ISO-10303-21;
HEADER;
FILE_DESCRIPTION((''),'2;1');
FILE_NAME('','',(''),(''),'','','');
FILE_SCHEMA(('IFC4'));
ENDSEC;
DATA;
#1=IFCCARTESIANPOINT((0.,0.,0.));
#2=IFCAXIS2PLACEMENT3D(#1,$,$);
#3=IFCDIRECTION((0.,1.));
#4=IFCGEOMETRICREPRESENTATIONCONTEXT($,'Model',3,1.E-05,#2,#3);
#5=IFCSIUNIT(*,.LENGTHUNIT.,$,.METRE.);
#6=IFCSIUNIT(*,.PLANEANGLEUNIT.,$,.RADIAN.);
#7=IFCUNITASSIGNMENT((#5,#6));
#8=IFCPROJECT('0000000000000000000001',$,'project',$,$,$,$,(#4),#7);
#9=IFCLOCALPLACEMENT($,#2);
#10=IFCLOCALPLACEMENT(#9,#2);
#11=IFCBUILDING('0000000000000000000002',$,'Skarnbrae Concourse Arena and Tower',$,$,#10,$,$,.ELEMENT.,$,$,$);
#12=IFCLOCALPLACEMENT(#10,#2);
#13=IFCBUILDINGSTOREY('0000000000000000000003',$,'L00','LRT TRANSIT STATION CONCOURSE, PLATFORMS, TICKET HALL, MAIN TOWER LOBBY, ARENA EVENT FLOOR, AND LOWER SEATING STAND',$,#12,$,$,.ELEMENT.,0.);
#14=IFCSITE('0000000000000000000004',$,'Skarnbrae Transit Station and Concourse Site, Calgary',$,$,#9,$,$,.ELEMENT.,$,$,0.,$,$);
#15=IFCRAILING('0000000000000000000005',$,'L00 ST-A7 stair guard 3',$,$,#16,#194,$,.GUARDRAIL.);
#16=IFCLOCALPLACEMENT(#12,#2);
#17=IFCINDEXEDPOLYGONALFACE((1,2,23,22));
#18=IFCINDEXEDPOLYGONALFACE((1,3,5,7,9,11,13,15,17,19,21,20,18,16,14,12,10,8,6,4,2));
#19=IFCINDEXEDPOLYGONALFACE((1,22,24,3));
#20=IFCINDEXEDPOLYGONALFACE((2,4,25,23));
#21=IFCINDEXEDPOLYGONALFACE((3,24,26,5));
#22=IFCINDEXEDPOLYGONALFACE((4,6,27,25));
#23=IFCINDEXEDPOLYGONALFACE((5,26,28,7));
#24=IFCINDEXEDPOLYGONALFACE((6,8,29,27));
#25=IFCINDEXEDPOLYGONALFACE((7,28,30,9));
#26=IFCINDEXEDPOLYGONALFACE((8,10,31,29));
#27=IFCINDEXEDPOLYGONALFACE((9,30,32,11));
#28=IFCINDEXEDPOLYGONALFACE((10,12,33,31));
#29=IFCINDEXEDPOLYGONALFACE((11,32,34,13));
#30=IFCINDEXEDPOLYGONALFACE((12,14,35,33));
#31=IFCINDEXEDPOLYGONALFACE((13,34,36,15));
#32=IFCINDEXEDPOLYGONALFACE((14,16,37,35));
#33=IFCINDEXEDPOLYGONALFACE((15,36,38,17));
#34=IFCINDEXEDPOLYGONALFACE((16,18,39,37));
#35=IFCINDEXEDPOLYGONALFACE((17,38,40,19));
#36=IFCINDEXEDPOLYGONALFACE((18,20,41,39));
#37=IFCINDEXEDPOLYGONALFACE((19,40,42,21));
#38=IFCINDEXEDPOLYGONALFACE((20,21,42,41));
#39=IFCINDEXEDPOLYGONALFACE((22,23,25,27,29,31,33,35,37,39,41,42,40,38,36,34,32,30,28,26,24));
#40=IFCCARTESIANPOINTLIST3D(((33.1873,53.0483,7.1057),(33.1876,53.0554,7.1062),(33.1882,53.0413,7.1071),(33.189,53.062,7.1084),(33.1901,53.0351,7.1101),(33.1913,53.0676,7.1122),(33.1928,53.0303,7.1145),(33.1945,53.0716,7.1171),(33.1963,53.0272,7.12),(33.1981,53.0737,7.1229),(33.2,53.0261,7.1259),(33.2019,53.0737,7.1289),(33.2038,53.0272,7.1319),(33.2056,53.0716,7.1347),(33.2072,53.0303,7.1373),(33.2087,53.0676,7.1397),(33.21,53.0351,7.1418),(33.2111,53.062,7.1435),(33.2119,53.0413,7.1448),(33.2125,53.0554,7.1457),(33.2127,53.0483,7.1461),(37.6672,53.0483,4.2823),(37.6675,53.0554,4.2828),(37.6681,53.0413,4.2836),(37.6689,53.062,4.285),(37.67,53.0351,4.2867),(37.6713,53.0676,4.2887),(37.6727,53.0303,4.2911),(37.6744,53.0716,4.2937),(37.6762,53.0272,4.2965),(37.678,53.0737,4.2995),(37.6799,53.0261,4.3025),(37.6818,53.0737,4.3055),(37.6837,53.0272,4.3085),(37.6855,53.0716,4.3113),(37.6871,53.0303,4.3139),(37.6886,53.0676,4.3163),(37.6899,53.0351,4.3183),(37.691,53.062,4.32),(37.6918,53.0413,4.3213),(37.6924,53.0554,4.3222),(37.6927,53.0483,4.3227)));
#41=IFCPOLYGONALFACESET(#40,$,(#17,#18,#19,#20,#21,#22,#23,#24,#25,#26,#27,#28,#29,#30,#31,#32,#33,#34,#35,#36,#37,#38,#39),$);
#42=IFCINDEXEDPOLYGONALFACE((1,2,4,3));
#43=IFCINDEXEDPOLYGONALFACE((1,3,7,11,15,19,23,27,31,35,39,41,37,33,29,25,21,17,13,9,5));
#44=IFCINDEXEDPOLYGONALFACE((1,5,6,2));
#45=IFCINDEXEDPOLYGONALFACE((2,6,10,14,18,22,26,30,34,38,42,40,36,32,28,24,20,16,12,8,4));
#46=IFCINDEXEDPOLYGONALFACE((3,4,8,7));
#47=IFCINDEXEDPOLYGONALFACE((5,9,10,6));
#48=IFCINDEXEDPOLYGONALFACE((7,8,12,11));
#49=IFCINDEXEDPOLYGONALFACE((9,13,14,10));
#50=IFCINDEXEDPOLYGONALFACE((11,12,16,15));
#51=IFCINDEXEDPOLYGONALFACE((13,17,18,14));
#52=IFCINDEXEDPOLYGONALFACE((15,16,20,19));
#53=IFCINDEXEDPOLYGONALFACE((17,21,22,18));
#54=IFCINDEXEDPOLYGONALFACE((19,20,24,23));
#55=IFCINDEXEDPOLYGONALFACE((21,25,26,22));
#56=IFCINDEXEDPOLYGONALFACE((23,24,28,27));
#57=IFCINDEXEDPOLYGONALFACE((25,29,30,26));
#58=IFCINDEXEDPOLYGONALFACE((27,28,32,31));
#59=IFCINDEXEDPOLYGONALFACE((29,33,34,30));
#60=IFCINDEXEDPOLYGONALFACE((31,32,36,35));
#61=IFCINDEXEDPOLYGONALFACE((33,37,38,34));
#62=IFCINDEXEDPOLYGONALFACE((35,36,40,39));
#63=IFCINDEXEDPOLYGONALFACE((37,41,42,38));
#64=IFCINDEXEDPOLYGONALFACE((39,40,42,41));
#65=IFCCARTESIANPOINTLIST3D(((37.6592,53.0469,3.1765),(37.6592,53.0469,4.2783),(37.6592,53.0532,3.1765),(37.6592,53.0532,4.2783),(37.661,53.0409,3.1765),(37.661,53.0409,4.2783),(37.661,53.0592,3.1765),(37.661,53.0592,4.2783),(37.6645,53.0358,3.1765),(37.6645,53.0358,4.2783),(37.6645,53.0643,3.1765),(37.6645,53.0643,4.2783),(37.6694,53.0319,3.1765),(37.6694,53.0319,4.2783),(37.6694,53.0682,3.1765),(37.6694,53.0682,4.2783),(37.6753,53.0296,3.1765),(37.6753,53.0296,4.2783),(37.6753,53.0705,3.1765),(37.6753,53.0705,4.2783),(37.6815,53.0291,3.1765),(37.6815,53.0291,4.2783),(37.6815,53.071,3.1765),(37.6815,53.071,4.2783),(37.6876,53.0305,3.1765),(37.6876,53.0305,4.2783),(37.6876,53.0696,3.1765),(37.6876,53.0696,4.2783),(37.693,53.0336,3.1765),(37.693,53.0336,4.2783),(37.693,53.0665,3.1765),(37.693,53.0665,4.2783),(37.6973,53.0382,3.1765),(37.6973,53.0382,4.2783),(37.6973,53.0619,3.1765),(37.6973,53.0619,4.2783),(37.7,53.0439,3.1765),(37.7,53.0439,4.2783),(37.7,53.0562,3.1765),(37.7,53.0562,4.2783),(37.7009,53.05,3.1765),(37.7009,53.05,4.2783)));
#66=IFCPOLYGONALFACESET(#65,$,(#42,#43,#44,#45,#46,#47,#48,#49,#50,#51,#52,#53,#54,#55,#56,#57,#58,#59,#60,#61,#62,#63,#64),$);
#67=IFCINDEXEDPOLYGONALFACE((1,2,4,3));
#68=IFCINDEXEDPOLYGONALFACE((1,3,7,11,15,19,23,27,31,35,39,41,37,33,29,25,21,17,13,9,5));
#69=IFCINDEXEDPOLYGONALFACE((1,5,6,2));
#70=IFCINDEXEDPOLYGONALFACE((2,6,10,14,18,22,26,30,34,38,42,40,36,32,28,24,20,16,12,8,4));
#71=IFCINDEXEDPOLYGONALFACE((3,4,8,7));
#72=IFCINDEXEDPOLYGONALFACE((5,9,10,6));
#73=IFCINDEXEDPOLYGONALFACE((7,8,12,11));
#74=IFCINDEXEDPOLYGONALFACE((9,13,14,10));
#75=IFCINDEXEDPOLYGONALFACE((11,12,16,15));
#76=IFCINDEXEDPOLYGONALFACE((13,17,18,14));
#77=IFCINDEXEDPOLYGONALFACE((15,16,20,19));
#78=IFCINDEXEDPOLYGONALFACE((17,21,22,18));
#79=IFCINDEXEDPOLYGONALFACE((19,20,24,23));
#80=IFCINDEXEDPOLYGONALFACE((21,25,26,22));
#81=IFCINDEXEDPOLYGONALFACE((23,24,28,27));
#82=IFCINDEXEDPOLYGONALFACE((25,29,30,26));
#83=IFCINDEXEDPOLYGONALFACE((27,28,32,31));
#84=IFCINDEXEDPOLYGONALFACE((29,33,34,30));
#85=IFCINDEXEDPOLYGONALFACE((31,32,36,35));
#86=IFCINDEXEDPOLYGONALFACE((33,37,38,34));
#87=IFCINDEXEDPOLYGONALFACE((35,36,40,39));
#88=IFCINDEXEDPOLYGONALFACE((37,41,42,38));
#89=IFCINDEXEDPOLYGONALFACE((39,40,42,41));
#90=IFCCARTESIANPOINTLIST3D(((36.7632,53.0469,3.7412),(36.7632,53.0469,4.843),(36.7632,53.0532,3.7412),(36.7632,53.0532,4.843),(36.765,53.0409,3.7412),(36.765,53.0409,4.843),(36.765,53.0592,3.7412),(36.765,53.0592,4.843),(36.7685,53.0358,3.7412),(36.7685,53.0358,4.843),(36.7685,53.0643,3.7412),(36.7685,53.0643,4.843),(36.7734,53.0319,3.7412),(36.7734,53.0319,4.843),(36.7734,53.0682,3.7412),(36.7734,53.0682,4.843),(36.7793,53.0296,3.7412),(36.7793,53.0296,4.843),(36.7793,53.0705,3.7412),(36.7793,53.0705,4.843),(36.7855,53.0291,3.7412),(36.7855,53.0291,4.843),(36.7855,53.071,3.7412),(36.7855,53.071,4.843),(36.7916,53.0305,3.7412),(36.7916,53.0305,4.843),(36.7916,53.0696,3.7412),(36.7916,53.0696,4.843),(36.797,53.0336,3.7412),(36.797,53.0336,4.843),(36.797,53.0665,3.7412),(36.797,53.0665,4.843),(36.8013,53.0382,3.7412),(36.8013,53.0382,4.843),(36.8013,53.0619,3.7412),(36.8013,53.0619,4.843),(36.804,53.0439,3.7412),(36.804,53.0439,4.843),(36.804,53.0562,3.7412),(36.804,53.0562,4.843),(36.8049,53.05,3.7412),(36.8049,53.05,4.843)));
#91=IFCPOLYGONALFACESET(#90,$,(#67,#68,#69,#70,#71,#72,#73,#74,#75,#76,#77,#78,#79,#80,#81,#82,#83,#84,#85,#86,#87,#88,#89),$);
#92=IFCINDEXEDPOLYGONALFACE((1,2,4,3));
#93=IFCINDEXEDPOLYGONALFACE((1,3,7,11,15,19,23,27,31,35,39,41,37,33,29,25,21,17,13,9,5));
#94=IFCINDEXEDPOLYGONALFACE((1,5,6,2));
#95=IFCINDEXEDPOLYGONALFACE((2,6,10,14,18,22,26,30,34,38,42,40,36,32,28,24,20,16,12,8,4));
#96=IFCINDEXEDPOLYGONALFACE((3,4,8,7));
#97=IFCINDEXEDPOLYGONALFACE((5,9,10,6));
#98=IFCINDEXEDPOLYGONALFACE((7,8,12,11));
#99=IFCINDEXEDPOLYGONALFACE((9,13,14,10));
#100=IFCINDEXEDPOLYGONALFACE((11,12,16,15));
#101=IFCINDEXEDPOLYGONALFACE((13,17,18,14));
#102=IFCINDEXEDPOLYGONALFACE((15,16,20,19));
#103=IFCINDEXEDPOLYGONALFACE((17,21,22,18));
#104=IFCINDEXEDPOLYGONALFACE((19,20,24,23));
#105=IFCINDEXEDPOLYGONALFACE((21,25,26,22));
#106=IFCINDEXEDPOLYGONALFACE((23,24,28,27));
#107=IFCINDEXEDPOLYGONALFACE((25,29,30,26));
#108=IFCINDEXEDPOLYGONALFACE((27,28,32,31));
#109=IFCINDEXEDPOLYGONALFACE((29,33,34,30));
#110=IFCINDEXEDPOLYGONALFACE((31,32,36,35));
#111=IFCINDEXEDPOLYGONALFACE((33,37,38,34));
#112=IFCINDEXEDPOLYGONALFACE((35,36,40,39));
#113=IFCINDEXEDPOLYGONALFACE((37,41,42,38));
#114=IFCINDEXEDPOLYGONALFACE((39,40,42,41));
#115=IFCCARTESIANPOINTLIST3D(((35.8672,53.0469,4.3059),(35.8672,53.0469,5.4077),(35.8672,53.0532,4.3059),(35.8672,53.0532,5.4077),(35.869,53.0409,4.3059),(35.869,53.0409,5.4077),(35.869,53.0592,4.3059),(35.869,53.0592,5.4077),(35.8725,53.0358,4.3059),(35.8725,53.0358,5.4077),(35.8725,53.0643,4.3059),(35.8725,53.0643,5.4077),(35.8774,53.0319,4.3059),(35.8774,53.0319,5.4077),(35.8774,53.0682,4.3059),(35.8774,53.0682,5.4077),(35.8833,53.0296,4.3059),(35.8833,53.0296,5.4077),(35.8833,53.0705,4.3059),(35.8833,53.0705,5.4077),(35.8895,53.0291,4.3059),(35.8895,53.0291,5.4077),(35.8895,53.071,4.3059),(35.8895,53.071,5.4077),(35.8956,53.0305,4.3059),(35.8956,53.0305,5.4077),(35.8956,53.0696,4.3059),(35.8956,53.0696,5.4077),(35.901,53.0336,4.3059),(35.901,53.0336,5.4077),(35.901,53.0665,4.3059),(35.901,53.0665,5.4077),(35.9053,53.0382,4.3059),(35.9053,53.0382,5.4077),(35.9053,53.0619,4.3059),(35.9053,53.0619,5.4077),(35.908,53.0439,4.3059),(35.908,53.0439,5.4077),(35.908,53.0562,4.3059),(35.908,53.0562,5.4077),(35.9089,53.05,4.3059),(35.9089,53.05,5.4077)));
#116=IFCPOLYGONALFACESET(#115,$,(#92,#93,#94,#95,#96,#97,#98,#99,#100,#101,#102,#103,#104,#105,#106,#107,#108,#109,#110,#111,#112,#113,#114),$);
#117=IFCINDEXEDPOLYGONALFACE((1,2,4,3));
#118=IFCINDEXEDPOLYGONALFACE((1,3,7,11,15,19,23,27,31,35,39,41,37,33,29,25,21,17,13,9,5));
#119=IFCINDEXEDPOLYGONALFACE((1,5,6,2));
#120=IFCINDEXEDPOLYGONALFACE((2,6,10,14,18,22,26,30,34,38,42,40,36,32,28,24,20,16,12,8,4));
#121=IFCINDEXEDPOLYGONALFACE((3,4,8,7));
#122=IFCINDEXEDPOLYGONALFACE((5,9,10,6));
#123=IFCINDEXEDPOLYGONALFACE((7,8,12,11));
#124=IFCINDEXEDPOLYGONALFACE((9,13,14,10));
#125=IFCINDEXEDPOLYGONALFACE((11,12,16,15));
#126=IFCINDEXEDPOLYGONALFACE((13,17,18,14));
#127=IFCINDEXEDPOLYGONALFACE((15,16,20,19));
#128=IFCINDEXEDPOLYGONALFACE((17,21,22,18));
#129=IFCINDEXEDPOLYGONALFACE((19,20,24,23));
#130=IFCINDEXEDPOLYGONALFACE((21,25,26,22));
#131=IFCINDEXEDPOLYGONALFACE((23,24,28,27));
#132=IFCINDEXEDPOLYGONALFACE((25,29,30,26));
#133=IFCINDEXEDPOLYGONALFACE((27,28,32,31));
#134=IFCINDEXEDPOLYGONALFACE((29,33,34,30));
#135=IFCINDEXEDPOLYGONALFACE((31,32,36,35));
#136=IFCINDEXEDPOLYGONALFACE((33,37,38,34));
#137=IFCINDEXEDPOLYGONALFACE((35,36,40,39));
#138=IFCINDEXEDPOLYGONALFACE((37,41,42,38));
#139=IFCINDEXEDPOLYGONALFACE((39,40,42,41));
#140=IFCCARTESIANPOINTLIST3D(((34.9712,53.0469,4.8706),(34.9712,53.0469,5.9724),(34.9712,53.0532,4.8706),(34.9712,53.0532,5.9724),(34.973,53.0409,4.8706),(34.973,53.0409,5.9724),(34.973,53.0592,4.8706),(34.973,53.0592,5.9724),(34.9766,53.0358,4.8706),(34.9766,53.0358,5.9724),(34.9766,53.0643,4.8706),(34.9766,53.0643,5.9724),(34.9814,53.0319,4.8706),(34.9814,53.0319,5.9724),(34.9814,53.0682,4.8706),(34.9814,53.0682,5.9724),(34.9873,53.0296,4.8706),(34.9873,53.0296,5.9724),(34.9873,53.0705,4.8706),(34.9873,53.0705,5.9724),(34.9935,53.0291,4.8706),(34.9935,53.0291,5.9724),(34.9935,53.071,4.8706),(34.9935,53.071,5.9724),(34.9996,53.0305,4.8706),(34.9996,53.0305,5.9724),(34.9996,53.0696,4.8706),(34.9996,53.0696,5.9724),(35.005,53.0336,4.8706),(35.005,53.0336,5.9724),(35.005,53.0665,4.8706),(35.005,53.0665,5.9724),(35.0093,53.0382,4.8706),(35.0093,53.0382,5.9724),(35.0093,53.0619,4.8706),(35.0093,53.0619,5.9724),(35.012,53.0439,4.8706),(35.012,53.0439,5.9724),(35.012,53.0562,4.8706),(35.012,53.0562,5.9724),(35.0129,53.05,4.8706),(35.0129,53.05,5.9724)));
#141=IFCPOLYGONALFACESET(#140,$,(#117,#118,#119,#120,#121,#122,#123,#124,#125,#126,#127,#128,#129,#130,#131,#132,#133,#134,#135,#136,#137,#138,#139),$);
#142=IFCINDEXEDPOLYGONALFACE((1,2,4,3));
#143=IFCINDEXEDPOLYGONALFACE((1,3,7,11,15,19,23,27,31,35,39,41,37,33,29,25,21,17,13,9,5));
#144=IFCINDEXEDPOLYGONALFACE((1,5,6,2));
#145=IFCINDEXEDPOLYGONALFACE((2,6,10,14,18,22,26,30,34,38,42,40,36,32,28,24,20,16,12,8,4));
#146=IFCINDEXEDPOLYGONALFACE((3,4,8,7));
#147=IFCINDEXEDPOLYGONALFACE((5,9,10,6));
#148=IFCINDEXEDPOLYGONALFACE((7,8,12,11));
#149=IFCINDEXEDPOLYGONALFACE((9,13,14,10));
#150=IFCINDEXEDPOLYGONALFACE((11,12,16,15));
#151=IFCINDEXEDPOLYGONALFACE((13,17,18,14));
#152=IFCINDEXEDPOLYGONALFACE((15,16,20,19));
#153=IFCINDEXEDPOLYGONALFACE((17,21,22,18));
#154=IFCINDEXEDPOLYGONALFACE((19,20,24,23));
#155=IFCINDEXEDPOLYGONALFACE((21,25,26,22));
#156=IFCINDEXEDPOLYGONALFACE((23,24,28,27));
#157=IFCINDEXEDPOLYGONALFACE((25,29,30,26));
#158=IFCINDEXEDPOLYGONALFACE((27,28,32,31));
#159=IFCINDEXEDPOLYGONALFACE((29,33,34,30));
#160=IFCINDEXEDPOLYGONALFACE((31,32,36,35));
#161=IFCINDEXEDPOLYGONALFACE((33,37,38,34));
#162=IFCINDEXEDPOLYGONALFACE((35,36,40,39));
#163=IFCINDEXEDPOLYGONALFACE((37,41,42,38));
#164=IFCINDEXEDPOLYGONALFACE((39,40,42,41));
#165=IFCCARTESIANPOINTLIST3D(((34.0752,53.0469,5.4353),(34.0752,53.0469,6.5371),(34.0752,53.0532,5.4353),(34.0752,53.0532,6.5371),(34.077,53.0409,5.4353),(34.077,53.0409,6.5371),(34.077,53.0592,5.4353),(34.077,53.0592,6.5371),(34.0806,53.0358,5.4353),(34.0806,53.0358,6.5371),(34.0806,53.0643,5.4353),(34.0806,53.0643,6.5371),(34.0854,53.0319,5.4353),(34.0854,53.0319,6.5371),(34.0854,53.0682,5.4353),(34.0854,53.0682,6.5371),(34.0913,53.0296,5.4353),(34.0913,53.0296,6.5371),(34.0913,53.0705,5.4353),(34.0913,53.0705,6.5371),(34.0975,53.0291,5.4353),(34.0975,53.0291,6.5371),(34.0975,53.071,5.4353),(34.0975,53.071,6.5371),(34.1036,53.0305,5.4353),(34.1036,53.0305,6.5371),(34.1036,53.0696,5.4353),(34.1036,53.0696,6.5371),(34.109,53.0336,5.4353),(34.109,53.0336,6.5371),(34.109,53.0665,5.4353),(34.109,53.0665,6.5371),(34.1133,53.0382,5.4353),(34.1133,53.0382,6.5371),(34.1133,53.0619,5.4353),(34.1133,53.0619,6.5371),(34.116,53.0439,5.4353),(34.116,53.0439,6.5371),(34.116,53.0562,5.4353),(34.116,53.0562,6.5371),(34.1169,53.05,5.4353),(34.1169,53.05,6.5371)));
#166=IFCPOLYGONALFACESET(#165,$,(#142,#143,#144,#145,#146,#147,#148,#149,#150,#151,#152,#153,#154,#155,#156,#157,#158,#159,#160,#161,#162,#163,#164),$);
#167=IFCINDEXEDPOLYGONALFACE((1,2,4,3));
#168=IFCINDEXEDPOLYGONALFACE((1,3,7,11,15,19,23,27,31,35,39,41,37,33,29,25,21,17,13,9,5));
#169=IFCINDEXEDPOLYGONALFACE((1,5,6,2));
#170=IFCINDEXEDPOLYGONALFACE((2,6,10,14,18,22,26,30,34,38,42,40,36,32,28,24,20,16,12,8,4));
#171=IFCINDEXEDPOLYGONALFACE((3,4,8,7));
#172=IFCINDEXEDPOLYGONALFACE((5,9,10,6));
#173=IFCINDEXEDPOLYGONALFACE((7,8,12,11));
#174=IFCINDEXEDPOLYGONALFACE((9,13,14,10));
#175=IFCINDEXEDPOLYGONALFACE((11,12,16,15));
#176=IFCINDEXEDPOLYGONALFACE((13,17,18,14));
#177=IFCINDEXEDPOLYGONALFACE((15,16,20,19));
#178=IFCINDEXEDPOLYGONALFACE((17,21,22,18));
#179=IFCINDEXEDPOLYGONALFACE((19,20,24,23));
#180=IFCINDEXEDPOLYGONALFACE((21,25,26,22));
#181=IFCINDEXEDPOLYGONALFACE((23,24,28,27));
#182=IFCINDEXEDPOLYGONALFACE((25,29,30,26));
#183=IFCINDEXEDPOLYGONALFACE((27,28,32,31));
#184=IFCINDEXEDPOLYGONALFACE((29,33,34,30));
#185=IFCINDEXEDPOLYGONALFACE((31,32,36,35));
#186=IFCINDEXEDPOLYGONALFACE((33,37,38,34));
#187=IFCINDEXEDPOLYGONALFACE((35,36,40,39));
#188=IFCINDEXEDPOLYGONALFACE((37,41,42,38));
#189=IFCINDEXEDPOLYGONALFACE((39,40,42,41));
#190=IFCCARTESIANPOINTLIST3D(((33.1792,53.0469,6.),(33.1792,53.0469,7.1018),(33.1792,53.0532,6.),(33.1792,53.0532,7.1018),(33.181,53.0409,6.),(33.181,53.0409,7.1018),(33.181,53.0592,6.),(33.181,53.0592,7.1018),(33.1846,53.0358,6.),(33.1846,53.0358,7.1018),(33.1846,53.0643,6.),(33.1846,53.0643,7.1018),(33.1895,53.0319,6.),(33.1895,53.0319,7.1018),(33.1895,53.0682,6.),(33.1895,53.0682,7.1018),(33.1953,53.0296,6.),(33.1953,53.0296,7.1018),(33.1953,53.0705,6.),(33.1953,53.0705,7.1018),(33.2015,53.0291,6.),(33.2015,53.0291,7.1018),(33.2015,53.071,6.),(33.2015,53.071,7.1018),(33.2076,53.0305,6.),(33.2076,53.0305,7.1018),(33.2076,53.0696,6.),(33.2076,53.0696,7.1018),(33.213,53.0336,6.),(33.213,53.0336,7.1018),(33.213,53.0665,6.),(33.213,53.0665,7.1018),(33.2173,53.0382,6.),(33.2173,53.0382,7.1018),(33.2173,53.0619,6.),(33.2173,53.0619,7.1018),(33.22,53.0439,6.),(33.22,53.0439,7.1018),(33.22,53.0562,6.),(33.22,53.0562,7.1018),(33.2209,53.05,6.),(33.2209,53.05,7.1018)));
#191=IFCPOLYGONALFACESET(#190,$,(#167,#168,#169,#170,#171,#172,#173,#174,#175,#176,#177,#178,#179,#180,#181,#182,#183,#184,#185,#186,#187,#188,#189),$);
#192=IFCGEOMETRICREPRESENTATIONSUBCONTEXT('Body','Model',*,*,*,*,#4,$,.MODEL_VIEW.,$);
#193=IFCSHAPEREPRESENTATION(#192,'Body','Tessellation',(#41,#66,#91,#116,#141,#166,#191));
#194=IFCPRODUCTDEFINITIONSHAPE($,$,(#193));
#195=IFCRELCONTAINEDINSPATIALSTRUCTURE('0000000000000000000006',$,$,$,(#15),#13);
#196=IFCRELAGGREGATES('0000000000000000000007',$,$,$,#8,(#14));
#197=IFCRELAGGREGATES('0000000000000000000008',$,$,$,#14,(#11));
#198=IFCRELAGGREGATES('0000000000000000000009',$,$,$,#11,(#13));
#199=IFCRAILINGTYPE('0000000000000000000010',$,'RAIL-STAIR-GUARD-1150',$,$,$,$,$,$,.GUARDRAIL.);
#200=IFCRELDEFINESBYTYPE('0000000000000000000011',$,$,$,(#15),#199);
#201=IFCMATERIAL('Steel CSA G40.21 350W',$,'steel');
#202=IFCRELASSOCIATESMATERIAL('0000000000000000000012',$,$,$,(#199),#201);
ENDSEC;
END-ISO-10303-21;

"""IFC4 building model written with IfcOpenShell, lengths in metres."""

from ifc_helpers import new_model, si_unit, direction, frame, origin, origin_2d, place, context, subcontext, project, spatial, circle, extrude, material, type_object, element, save


model = new_model("IFC4")

# Units and contexts
model_context = context("Model", 3, precision=1e-05, world=origin(), true_north=direction((0.0, 1.0)))
body_context = subcontext(model_context, "Body", "Model", "MODEL_VIEW")
ifc_project = project(units=[si_unit("LENGTHUNIT", "METRE"), si_unit("PLANEANGLEUNIT", "RADIAN")], contexts=[model_context])

# Site, building, storey
site_placement = place(None, origin())
site = spatial("IfcSite", under=ifc_project, at=site_placement, Name="Skarnbrae Transit Station and Concourse Site, Calgary", CompositionType="ELEMENT", RefElevation=0.0)
building_placement = place(site_placement, origin())
building = spatial("IfcBuilding", under=site, at=building_placement, Name="Skarnbrae Concourse Arena and Tower", CompositionType="ELEMENT")
storey_placement = place(building_placement, origin())
storey = spatial("IfcBuildingStorey", under=building, at=storey_placement, Name="L00", Description="LRT TRANSIT STATION CONCOURSE, PLATFORMS, TICKET HALL, MAIN TOWER LOBBY, ARENA EVENT FLOOR, AND LOWER SEATING STAND", CompositionType="ELEMENT", Elevation=0.0)

# Shared definitions
ifc_material_1 = material(Name="Steel CSA G40.21 350W", Category="steel")

# Railing
railing_type_1 = type_object("IfcRailingType", Name="RAIL-STAIR-GUARD-1150", PredefinedType="GUARDRAIL", material=ifc_material_1)
railing_1_placement = place(storey_placement, frame((37.6799, 53.05, 3.1765)))
element("IfcRailing", 1, at=railing_1_placement, inside=storey, type_object=railing_type_1, Name="L00 ST-A7 stair guard 3", PredefinedType="GUARDRAIL", context=body_context, shape_type="SweptSolid", body=[
    extrude(circle(Radius=0.0239, at=origin_2d()), frame((0.0, 0.0, 1.126), z_axis=(-0.845998, 0.0, 0.533186), x_axis=(0.0, -1.0, 0.0)), (0.0, 0.0, 1.0), 5.2954),
    extrude(circle(Radius=0.021, at=origin_2d()), origin(), (0.0, 0.0, 1.0), 1.1018),
    extrude(circle(Radius=0.021, at=origin_2d()), frame((-0.896, 0.0, 0.5647)), (0.0, 0.0, 1.0), 1.1018),
    extrude(circle(Radius=0.021, at=origin_2d()), frame((-1.792, 0.0, 1.1294)), (0.0, 0.0, 1.0), 1.1018),
    extrude(circle(Radius=0.021, at=origin_2d()), frame((-2.688, 0.0, 1.6941)), (0.0, 0.0, 1.0), 1.1018),
    extrude(circle(Radius=0.021, at=origin_2d()), frame((-3.584, 0.0, 2.2588)), (0.0, 0.0, 1.0), 1.1018),
    extrude(circle(Radius=0.021, at=origin_2d()), frame((-4.48, 0.0, 2.8235)), (0.0, 0.0, 1.0), 1.1018),
])

save(model, "model.ifc")
